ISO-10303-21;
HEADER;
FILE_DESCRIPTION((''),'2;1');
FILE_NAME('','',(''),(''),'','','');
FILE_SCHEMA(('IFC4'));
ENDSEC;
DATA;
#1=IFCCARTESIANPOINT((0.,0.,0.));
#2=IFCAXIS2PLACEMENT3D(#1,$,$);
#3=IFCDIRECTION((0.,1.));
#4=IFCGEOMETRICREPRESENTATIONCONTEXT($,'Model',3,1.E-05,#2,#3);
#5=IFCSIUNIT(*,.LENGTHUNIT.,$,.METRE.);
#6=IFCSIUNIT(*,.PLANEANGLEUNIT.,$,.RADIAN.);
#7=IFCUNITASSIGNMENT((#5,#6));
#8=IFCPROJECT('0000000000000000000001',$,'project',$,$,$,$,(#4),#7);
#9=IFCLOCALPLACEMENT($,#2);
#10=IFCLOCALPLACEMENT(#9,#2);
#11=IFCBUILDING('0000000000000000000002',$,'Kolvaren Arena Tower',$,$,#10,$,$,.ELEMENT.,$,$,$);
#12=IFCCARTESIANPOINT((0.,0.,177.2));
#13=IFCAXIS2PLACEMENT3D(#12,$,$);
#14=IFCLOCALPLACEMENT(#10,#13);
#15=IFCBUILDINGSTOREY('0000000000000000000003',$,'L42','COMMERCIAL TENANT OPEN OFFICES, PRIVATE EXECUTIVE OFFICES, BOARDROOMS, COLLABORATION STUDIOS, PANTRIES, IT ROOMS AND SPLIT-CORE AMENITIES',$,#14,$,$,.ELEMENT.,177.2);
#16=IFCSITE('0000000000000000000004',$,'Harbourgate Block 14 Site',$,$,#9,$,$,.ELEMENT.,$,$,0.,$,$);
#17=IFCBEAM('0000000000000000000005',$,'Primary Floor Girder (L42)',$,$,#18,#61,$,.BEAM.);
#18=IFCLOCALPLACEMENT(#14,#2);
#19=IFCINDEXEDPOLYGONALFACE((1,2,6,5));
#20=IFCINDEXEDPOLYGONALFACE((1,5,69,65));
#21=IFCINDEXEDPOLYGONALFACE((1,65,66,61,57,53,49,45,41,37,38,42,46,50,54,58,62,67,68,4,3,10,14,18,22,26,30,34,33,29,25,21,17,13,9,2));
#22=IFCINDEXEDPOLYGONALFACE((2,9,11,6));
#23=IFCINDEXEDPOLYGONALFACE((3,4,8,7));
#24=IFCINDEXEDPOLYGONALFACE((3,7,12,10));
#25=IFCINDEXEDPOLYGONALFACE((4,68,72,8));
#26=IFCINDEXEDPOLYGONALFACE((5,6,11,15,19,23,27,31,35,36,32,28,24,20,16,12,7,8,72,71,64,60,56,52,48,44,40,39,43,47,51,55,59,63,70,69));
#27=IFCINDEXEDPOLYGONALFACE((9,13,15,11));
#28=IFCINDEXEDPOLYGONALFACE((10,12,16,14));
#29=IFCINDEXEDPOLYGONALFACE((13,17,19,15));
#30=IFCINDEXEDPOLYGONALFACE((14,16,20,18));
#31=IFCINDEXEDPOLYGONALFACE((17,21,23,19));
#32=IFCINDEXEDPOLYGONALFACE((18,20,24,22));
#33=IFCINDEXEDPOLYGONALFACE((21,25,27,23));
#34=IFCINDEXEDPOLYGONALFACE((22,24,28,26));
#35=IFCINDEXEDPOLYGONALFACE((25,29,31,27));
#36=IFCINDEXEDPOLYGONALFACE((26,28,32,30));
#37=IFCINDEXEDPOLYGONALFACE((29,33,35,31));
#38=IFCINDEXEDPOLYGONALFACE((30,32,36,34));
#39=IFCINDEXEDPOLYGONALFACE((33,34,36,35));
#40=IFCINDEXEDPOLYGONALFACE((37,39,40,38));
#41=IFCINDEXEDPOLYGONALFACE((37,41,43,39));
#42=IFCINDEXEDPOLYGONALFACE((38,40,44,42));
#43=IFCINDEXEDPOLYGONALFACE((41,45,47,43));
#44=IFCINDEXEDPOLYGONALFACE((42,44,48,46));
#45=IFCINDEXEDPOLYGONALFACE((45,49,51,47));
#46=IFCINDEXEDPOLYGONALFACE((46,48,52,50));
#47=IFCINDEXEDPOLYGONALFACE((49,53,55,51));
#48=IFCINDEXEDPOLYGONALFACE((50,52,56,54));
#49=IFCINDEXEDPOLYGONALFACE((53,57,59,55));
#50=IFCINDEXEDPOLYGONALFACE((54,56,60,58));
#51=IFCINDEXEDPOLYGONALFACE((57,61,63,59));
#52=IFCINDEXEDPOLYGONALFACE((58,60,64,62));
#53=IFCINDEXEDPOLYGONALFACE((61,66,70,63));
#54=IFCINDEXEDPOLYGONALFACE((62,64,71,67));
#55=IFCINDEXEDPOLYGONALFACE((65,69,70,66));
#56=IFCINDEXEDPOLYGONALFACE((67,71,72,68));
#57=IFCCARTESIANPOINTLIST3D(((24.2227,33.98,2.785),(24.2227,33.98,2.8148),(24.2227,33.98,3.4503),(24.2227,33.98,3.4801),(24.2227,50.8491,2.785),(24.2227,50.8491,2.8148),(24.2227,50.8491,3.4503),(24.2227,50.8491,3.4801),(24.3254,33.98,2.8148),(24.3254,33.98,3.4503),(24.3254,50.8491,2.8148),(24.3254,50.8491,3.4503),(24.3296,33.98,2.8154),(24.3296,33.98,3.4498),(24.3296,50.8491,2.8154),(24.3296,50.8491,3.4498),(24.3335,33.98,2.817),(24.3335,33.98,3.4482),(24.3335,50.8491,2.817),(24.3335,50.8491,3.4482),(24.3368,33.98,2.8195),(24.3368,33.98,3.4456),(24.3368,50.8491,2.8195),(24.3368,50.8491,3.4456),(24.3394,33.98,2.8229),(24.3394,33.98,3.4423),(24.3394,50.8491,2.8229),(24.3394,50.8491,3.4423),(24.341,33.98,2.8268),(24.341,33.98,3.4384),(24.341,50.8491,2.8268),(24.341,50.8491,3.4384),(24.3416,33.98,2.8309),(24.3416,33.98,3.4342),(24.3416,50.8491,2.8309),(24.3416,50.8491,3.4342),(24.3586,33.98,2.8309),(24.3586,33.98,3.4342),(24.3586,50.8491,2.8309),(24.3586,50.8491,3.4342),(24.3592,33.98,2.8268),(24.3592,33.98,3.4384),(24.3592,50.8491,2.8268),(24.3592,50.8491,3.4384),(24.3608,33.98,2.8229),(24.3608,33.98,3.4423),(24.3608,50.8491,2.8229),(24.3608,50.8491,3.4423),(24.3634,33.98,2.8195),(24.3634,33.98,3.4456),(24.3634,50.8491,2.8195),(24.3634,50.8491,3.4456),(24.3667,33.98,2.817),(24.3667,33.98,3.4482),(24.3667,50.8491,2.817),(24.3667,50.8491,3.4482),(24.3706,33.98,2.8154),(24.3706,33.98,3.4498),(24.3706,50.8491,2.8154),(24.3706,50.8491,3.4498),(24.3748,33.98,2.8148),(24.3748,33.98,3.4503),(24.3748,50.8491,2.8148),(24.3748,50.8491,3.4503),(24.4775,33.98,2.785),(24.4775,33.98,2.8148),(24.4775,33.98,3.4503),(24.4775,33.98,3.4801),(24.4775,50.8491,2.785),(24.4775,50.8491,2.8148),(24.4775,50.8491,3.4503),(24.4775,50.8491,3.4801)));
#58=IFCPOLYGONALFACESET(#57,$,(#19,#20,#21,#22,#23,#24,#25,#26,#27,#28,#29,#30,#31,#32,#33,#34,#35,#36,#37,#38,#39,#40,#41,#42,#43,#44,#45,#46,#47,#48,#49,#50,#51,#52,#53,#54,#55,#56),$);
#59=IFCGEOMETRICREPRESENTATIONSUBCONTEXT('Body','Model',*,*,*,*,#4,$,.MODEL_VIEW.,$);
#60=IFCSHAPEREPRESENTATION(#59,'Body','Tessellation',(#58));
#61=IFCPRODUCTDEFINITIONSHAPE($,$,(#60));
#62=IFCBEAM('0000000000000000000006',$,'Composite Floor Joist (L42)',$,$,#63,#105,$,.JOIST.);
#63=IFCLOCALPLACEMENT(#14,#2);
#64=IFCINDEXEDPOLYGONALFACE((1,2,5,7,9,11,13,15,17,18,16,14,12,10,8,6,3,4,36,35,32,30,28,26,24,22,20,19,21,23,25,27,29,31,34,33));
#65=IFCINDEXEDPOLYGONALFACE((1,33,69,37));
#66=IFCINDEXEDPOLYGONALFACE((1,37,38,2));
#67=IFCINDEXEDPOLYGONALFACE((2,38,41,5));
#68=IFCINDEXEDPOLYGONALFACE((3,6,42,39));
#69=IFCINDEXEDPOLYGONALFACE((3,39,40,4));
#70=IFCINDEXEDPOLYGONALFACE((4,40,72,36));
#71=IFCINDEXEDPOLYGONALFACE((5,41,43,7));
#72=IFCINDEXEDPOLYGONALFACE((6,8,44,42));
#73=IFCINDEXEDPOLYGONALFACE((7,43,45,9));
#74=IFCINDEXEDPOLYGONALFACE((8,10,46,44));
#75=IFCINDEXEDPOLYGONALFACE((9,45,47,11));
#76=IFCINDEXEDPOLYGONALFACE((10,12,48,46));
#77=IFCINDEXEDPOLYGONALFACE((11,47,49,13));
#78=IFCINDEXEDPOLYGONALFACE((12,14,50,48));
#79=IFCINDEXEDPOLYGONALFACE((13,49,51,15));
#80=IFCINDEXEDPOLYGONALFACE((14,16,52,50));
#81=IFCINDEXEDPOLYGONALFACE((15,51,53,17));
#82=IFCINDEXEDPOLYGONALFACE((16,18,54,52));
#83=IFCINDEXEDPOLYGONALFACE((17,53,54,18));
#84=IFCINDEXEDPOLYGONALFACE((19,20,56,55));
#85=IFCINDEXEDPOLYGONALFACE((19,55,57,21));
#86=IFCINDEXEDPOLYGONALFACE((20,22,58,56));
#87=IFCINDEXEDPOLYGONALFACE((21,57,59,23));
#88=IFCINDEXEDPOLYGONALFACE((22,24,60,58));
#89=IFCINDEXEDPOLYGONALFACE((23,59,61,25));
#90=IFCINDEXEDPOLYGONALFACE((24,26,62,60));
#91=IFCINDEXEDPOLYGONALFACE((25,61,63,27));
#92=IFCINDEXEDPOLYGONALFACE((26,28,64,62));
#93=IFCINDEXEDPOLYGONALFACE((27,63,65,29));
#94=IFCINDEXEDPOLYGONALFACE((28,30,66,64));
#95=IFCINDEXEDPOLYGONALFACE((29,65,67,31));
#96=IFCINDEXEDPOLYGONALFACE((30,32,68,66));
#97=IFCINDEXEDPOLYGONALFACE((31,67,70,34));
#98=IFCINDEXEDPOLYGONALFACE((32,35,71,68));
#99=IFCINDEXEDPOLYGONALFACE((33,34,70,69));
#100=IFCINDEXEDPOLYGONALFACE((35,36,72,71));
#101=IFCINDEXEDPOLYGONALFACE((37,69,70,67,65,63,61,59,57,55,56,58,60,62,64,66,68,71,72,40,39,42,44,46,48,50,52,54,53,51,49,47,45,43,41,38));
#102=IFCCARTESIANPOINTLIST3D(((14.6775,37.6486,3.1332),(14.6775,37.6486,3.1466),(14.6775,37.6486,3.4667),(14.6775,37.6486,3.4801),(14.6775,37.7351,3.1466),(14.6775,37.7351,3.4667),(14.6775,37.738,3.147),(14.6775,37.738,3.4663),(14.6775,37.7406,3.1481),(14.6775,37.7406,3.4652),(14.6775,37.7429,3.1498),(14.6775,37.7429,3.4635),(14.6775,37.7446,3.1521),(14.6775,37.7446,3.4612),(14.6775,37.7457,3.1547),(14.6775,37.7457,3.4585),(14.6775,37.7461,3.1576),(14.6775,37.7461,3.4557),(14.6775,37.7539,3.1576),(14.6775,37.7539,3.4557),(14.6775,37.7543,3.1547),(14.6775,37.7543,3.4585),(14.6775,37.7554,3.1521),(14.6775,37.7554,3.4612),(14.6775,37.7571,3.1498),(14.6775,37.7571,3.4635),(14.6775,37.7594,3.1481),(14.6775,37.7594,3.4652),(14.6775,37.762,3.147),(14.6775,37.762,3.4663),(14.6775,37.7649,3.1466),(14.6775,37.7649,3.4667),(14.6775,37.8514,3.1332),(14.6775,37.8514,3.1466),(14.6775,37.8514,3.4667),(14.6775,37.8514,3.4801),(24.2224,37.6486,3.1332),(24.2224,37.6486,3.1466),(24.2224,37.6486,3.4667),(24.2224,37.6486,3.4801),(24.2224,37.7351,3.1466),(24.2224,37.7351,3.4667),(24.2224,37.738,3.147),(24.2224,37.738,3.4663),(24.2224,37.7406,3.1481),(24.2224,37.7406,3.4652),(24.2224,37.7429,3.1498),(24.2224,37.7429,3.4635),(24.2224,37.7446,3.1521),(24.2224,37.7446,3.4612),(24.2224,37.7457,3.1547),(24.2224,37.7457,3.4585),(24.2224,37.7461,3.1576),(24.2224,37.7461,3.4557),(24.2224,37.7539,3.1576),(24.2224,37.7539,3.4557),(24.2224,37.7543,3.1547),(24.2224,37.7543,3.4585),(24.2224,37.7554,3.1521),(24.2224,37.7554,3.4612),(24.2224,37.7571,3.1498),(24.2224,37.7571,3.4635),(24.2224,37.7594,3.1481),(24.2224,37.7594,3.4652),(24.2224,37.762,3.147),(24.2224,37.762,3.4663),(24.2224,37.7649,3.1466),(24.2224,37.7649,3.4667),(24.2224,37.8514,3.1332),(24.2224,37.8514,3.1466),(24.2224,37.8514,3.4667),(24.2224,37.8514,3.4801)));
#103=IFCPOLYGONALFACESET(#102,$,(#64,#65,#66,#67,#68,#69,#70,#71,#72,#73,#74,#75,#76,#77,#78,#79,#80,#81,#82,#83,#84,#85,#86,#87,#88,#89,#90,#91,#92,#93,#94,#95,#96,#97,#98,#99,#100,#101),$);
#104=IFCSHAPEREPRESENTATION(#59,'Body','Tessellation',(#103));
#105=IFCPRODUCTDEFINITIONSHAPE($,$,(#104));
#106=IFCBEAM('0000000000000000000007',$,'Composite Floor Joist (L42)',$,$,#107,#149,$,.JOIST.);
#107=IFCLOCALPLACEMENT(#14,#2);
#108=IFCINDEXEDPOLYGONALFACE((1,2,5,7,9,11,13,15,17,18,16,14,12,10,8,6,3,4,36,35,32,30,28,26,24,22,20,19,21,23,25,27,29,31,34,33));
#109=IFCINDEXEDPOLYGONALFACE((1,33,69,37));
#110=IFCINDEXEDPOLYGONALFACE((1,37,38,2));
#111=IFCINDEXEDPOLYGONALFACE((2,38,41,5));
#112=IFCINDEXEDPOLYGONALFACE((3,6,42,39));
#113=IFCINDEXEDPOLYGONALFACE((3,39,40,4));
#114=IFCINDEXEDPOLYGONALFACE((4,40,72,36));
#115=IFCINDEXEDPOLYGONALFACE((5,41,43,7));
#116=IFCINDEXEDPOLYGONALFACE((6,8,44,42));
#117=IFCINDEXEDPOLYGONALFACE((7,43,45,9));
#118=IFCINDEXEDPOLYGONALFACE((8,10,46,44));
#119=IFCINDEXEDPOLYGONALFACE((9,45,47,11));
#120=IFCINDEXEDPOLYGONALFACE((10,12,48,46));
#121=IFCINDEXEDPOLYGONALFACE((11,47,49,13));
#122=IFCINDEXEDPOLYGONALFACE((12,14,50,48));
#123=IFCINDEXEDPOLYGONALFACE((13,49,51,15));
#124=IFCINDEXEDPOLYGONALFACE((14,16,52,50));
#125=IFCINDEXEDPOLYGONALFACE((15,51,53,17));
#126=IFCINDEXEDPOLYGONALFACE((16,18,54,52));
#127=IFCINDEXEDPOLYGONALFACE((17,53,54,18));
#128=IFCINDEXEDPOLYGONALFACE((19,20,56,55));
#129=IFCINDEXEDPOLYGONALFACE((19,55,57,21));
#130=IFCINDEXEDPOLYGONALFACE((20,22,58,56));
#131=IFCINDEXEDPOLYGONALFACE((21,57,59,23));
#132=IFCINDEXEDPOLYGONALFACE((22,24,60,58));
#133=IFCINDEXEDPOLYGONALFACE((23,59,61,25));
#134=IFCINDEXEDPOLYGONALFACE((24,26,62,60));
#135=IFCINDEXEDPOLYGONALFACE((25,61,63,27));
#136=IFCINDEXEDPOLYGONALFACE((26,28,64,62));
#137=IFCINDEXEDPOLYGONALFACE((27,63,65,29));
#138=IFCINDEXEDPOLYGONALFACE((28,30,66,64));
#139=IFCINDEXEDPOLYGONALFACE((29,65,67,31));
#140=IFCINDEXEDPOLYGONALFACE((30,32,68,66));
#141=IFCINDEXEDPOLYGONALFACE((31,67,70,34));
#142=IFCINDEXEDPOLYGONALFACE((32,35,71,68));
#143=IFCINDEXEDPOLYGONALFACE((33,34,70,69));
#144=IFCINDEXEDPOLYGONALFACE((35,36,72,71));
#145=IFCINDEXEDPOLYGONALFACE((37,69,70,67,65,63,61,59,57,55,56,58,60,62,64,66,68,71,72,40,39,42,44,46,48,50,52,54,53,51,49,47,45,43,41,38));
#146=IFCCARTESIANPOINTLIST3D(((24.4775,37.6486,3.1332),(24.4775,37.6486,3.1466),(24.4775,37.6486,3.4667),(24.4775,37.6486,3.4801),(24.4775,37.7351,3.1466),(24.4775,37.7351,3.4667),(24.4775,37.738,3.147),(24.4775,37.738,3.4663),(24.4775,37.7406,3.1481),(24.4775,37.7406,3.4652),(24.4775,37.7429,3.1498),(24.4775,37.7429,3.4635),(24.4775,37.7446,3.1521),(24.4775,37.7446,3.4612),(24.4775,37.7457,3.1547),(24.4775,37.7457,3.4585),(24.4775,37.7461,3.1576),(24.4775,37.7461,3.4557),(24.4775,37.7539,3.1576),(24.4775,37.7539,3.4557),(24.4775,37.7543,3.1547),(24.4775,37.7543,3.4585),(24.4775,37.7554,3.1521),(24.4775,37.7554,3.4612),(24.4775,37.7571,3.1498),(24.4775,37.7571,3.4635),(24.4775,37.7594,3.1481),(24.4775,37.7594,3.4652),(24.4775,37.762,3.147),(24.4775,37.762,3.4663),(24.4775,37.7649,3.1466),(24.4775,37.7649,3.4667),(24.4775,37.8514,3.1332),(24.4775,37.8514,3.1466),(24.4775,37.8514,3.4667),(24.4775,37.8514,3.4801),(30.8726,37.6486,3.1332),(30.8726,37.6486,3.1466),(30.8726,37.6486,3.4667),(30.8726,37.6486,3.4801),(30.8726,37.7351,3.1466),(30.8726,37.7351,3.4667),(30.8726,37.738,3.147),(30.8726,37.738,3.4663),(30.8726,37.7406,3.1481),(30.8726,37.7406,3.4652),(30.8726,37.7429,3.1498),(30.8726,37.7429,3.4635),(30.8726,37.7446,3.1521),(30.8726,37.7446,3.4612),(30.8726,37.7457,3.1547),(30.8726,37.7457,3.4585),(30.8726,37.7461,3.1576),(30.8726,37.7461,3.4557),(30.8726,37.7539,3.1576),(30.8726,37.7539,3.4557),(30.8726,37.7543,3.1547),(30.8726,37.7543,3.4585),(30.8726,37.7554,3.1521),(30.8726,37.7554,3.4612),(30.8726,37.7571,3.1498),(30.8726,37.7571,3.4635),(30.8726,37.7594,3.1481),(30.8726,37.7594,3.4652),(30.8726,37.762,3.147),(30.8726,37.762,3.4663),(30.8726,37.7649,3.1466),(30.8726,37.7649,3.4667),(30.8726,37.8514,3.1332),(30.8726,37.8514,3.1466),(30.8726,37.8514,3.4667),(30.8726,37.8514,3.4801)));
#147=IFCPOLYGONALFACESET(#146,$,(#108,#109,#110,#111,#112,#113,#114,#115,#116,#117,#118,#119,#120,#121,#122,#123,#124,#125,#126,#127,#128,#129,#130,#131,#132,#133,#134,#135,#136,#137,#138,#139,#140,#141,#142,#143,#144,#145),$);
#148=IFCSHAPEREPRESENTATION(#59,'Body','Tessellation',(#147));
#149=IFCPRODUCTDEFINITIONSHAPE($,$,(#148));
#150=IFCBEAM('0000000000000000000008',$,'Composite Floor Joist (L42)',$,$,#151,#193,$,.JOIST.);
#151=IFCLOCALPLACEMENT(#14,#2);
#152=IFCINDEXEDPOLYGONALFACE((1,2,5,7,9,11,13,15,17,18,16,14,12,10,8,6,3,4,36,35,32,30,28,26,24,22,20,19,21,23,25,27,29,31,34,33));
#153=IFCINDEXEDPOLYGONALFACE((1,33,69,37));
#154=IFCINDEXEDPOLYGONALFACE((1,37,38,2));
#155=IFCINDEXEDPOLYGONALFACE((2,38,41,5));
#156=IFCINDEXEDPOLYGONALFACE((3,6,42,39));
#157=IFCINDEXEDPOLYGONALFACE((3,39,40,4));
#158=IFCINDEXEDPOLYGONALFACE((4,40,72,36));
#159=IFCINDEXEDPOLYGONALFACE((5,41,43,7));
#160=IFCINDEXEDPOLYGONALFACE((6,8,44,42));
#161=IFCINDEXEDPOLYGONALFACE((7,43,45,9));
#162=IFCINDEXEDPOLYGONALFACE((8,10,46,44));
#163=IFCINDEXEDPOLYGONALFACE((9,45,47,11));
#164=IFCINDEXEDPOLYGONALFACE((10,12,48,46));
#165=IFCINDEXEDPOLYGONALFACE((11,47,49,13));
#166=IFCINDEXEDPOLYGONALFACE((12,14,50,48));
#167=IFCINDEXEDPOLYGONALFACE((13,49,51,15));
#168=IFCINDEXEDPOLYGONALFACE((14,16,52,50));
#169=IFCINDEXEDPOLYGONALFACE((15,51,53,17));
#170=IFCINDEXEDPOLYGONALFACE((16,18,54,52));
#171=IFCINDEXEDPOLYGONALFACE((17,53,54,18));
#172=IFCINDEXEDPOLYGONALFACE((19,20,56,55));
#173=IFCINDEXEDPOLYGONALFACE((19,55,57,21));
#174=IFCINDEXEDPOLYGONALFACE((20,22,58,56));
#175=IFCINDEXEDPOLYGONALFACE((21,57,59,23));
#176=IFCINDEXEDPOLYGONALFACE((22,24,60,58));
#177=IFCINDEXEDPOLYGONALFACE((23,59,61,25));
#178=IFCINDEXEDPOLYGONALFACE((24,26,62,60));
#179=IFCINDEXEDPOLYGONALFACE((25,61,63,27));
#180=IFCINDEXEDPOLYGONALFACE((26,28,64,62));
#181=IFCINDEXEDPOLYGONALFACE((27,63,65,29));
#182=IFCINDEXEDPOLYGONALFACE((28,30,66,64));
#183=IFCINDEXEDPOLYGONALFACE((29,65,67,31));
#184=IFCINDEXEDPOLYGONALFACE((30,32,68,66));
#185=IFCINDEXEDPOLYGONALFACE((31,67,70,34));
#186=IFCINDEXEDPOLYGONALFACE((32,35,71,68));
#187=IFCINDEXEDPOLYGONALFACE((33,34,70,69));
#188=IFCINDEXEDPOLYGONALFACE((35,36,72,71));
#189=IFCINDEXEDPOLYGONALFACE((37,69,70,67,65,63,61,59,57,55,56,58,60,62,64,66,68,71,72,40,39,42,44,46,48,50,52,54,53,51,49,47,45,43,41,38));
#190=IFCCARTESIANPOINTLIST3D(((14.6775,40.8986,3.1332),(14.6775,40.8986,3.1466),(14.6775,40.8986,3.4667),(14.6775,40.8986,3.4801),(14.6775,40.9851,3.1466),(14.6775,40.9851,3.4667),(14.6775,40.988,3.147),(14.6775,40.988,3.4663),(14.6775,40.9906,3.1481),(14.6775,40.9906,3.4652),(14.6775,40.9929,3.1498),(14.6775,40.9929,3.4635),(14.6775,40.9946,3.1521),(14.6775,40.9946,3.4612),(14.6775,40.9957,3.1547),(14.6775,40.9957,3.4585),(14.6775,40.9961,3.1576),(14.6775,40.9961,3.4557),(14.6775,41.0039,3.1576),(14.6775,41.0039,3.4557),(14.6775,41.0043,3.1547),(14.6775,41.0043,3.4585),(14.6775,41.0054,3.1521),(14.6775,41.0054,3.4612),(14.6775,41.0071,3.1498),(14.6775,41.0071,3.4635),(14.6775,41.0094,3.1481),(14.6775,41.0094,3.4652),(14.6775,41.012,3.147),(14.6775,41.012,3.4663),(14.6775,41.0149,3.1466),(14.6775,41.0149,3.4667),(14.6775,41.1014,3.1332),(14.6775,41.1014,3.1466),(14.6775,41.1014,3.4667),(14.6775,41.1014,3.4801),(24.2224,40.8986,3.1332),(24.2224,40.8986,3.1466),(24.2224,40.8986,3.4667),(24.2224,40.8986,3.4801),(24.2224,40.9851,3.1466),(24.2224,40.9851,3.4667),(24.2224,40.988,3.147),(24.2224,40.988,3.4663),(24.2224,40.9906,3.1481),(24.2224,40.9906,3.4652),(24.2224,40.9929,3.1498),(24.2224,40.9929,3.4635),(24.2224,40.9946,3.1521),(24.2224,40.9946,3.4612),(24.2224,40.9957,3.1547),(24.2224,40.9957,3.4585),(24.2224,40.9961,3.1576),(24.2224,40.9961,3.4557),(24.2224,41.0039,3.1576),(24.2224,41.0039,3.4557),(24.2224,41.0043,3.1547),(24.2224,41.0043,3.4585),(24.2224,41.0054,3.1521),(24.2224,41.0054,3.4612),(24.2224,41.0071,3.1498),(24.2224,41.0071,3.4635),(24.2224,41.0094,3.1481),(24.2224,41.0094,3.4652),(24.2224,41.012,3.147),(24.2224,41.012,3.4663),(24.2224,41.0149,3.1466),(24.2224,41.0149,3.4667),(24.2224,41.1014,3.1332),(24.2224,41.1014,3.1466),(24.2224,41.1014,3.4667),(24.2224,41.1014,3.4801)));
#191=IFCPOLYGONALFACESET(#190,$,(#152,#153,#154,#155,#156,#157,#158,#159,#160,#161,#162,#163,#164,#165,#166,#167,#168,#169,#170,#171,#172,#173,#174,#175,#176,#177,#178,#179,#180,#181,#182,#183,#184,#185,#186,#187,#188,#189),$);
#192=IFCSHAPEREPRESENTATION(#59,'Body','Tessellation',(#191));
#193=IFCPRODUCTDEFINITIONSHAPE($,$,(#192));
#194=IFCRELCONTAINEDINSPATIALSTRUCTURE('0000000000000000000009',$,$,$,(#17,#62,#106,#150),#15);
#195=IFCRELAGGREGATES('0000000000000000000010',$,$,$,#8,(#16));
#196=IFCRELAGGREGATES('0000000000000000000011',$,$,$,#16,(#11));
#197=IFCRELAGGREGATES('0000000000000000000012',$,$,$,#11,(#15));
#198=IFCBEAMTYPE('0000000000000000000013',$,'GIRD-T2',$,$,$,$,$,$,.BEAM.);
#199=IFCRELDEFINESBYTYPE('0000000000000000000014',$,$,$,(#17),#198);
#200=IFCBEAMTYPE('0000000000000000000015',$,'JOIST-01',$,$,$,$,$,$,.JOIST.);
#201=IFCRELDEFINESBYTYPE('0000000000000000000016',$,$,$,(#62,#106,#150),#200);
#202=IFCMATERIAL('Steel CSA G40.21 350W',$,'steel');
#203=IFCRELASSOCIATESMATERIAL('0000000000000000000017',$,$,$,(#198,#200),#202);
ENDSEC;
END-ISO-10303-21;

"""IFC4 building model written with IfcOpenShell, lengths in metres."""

from ifc_helpers import new_model, si_unit, direction, frame, origin, origin_2d, place, context, subcontext, project, spatial, i_section, extrude, material, material_profile, profile_set, type_object, element, save


model = new_model("IFC4")

# Units and contexts
model_context = context("Model", 3, precision=1e-05, world=origin(), true_north=direction((0.0, 1.0)))
body_context = subcontext(model_context, "Body", "Model", "MODEL_VIEW")
ifc_project = project(units=[si_unit("LENGTHUNIT", "METRE"), si_unit("PLANEANGLEUNIT", "RADIAN")], contexts=[model_context])

# Site, building, storey
site_placement = place(None, origin())
site = spatial("IfcSite", under=ifc_project, at=site_placement, Name="Harbourgate Block 14 Site", CompositionType="ELEMENT", RefElevation=0.0)
building_placement = place(site_placement, origin())
building = spatial("IfcBuilding", under=site, at=building_placement, Name="Kolvaren Arena Tower", CompositionType="ELEMENT")
storey_placement = place(building_placement, frame((0.0, 0.0, 177.2)))
storey = spatial("IfcBuildingStorey", under=building, at=storey_placement, Name="L42", Description="COMMERCIAL TENANT OPEN OFFICES, PRIVATE EXECUTIVE OFFICES, BOARDROOMS, COLLABORATION STUDIOS, PANTRIES, IT ROOMS AND SPLIT-CORE AMENITIES", CompositionType="ELEMENT", Elevation=177.2)

# Beams
ifc_material_1 = material(Name="Steel CSA G40.21 350W", Category="steel")
ifc_material_profile_1 = material_profile(ifc_material_1, i_section(OverallWidth=0.2549, OverallDepth=0.6951, WebThickness=0.0171, FlangeThickness=0.0298, FilletRadius=0.0161, at=origin_2d()), Name="W690x217")
ifc_profile_set_1 = profile_set([ifc_material_profile_1], Name="Steel CSA G40.21 350W")
beam_type_1 = type_object("IfcBeamType", Name="GIRD-T2", PredefinedType="BEAM", material=ifc_profile_set_1)
beam_1_placement = place(storey_placement, frame((24.3501, 33.98, 3.1326), z_axis=(0.0, 1.0, 0.0), x_axis=(-1.0, 0.0, 0.0)))
element("IfcBeam", 1, at=beam_1_placement, inside=storey, type_object=beam_type_1, Name="Primary Floor Girder (L42)", PredefinedType="BEAM", context=body_context, shape_type="SweptSolid", body=[
    extrude(i_section(OverallWidth=0.2549, OverallDepth=0.6951, WebThickness=0.0171, FlangeThickness=0.0298, FilletRadius=0.0161, at=origin_2d()), origin(), (0.0, 0.0, 1.0), 16.8691),
])
ifc_material_profile_2 = material_profile(ifc_material_1, i_section(OverallWidth=0.2029, OverallDepth=0.3469, WebThickness=0.0078, FlangeThickness=0.0134, FilletRadius=0.011, at=origin_2d()), Name="W360x64")
ifc_profile_set_2 = profile_set([ifc_material_profile_2], Name="Steel CSA G40.21 350W")
beam_type_2 = type_object("IfcBeamType", Name="JOIST-01", PredefinedType="JOIST", material=ifc_profile_set_2)
beam_2_placement = place(storey_placement, frame((14.6775, 37.75, 3.3066), z_axis=(1.0, 0.0, 0.0), x_axis=(0.0, 1.0, 0.0)))
element("IfcBeam", 2, at=beam_2_placement, inside=storey, type_object=beam_type_2, Name="Composite Floor Joist (L42)", PredefinedType="JOIST", context=body_context, shape_type="SweptSolid", body=[
    extrude(i_section(OverallWidth=0.2029, OverallDepth=0.3469, WebThickness=0.0078, FlangeThickness=0.0134, FilletRadius=0.011, at=origin_2d()), origin(), (0.0, 0.0, 1.0), 9.5449),
])
beam_3_placement = place(storey_placement, frame((24.4775, 37.75, 3.3066), z_axis=(1.0, 0.0, 0.0), x_axis=(0.0, 1.0, 0.0)))
element("IfcBeam", 3, at=beam_3_placement, inside=storey, type_object=beam_type_2, Name="Composite Floor Joist (L42)", PredefinedType="JOIST", context=body_context, shape_type="SweptSolid", body=[
    extrude(i_section(OverallWidth=0.2029, OverallDepth=0.3469, WebThickness=0.0078, FlangeThickness=0.0134, FilletRadius=0.011, at=origin_2d()), origin(), (0.0, 0.0, 1.0), 6.395),
])
beam_4_placement = place(storey_placement, frame((14.6775, 41.0, 3.3066), z_axis=(1.0, 0.0, 0.0), x_axis=(0.0, 1.0, 0.0)))
element("IfcBeam", 4, at=beam_4_placement, inside=storey, type_object=beam_type_2, Name="Composite Floor Joist (L42)", PredefinedType="JOIST", context=body_context, shape_type="SweptSolid", body=[
    extrude(i_section(OverallWidth=0.2029, OverallDepth=0.3469, WebThickness=0.0078, FlangeThickness=0.0134, FilletRadius=0.011, at=origin_2d()), origin(), (0.0, 0.0, 1.0), 9.5449),
])

save(model, "model.ifc")
